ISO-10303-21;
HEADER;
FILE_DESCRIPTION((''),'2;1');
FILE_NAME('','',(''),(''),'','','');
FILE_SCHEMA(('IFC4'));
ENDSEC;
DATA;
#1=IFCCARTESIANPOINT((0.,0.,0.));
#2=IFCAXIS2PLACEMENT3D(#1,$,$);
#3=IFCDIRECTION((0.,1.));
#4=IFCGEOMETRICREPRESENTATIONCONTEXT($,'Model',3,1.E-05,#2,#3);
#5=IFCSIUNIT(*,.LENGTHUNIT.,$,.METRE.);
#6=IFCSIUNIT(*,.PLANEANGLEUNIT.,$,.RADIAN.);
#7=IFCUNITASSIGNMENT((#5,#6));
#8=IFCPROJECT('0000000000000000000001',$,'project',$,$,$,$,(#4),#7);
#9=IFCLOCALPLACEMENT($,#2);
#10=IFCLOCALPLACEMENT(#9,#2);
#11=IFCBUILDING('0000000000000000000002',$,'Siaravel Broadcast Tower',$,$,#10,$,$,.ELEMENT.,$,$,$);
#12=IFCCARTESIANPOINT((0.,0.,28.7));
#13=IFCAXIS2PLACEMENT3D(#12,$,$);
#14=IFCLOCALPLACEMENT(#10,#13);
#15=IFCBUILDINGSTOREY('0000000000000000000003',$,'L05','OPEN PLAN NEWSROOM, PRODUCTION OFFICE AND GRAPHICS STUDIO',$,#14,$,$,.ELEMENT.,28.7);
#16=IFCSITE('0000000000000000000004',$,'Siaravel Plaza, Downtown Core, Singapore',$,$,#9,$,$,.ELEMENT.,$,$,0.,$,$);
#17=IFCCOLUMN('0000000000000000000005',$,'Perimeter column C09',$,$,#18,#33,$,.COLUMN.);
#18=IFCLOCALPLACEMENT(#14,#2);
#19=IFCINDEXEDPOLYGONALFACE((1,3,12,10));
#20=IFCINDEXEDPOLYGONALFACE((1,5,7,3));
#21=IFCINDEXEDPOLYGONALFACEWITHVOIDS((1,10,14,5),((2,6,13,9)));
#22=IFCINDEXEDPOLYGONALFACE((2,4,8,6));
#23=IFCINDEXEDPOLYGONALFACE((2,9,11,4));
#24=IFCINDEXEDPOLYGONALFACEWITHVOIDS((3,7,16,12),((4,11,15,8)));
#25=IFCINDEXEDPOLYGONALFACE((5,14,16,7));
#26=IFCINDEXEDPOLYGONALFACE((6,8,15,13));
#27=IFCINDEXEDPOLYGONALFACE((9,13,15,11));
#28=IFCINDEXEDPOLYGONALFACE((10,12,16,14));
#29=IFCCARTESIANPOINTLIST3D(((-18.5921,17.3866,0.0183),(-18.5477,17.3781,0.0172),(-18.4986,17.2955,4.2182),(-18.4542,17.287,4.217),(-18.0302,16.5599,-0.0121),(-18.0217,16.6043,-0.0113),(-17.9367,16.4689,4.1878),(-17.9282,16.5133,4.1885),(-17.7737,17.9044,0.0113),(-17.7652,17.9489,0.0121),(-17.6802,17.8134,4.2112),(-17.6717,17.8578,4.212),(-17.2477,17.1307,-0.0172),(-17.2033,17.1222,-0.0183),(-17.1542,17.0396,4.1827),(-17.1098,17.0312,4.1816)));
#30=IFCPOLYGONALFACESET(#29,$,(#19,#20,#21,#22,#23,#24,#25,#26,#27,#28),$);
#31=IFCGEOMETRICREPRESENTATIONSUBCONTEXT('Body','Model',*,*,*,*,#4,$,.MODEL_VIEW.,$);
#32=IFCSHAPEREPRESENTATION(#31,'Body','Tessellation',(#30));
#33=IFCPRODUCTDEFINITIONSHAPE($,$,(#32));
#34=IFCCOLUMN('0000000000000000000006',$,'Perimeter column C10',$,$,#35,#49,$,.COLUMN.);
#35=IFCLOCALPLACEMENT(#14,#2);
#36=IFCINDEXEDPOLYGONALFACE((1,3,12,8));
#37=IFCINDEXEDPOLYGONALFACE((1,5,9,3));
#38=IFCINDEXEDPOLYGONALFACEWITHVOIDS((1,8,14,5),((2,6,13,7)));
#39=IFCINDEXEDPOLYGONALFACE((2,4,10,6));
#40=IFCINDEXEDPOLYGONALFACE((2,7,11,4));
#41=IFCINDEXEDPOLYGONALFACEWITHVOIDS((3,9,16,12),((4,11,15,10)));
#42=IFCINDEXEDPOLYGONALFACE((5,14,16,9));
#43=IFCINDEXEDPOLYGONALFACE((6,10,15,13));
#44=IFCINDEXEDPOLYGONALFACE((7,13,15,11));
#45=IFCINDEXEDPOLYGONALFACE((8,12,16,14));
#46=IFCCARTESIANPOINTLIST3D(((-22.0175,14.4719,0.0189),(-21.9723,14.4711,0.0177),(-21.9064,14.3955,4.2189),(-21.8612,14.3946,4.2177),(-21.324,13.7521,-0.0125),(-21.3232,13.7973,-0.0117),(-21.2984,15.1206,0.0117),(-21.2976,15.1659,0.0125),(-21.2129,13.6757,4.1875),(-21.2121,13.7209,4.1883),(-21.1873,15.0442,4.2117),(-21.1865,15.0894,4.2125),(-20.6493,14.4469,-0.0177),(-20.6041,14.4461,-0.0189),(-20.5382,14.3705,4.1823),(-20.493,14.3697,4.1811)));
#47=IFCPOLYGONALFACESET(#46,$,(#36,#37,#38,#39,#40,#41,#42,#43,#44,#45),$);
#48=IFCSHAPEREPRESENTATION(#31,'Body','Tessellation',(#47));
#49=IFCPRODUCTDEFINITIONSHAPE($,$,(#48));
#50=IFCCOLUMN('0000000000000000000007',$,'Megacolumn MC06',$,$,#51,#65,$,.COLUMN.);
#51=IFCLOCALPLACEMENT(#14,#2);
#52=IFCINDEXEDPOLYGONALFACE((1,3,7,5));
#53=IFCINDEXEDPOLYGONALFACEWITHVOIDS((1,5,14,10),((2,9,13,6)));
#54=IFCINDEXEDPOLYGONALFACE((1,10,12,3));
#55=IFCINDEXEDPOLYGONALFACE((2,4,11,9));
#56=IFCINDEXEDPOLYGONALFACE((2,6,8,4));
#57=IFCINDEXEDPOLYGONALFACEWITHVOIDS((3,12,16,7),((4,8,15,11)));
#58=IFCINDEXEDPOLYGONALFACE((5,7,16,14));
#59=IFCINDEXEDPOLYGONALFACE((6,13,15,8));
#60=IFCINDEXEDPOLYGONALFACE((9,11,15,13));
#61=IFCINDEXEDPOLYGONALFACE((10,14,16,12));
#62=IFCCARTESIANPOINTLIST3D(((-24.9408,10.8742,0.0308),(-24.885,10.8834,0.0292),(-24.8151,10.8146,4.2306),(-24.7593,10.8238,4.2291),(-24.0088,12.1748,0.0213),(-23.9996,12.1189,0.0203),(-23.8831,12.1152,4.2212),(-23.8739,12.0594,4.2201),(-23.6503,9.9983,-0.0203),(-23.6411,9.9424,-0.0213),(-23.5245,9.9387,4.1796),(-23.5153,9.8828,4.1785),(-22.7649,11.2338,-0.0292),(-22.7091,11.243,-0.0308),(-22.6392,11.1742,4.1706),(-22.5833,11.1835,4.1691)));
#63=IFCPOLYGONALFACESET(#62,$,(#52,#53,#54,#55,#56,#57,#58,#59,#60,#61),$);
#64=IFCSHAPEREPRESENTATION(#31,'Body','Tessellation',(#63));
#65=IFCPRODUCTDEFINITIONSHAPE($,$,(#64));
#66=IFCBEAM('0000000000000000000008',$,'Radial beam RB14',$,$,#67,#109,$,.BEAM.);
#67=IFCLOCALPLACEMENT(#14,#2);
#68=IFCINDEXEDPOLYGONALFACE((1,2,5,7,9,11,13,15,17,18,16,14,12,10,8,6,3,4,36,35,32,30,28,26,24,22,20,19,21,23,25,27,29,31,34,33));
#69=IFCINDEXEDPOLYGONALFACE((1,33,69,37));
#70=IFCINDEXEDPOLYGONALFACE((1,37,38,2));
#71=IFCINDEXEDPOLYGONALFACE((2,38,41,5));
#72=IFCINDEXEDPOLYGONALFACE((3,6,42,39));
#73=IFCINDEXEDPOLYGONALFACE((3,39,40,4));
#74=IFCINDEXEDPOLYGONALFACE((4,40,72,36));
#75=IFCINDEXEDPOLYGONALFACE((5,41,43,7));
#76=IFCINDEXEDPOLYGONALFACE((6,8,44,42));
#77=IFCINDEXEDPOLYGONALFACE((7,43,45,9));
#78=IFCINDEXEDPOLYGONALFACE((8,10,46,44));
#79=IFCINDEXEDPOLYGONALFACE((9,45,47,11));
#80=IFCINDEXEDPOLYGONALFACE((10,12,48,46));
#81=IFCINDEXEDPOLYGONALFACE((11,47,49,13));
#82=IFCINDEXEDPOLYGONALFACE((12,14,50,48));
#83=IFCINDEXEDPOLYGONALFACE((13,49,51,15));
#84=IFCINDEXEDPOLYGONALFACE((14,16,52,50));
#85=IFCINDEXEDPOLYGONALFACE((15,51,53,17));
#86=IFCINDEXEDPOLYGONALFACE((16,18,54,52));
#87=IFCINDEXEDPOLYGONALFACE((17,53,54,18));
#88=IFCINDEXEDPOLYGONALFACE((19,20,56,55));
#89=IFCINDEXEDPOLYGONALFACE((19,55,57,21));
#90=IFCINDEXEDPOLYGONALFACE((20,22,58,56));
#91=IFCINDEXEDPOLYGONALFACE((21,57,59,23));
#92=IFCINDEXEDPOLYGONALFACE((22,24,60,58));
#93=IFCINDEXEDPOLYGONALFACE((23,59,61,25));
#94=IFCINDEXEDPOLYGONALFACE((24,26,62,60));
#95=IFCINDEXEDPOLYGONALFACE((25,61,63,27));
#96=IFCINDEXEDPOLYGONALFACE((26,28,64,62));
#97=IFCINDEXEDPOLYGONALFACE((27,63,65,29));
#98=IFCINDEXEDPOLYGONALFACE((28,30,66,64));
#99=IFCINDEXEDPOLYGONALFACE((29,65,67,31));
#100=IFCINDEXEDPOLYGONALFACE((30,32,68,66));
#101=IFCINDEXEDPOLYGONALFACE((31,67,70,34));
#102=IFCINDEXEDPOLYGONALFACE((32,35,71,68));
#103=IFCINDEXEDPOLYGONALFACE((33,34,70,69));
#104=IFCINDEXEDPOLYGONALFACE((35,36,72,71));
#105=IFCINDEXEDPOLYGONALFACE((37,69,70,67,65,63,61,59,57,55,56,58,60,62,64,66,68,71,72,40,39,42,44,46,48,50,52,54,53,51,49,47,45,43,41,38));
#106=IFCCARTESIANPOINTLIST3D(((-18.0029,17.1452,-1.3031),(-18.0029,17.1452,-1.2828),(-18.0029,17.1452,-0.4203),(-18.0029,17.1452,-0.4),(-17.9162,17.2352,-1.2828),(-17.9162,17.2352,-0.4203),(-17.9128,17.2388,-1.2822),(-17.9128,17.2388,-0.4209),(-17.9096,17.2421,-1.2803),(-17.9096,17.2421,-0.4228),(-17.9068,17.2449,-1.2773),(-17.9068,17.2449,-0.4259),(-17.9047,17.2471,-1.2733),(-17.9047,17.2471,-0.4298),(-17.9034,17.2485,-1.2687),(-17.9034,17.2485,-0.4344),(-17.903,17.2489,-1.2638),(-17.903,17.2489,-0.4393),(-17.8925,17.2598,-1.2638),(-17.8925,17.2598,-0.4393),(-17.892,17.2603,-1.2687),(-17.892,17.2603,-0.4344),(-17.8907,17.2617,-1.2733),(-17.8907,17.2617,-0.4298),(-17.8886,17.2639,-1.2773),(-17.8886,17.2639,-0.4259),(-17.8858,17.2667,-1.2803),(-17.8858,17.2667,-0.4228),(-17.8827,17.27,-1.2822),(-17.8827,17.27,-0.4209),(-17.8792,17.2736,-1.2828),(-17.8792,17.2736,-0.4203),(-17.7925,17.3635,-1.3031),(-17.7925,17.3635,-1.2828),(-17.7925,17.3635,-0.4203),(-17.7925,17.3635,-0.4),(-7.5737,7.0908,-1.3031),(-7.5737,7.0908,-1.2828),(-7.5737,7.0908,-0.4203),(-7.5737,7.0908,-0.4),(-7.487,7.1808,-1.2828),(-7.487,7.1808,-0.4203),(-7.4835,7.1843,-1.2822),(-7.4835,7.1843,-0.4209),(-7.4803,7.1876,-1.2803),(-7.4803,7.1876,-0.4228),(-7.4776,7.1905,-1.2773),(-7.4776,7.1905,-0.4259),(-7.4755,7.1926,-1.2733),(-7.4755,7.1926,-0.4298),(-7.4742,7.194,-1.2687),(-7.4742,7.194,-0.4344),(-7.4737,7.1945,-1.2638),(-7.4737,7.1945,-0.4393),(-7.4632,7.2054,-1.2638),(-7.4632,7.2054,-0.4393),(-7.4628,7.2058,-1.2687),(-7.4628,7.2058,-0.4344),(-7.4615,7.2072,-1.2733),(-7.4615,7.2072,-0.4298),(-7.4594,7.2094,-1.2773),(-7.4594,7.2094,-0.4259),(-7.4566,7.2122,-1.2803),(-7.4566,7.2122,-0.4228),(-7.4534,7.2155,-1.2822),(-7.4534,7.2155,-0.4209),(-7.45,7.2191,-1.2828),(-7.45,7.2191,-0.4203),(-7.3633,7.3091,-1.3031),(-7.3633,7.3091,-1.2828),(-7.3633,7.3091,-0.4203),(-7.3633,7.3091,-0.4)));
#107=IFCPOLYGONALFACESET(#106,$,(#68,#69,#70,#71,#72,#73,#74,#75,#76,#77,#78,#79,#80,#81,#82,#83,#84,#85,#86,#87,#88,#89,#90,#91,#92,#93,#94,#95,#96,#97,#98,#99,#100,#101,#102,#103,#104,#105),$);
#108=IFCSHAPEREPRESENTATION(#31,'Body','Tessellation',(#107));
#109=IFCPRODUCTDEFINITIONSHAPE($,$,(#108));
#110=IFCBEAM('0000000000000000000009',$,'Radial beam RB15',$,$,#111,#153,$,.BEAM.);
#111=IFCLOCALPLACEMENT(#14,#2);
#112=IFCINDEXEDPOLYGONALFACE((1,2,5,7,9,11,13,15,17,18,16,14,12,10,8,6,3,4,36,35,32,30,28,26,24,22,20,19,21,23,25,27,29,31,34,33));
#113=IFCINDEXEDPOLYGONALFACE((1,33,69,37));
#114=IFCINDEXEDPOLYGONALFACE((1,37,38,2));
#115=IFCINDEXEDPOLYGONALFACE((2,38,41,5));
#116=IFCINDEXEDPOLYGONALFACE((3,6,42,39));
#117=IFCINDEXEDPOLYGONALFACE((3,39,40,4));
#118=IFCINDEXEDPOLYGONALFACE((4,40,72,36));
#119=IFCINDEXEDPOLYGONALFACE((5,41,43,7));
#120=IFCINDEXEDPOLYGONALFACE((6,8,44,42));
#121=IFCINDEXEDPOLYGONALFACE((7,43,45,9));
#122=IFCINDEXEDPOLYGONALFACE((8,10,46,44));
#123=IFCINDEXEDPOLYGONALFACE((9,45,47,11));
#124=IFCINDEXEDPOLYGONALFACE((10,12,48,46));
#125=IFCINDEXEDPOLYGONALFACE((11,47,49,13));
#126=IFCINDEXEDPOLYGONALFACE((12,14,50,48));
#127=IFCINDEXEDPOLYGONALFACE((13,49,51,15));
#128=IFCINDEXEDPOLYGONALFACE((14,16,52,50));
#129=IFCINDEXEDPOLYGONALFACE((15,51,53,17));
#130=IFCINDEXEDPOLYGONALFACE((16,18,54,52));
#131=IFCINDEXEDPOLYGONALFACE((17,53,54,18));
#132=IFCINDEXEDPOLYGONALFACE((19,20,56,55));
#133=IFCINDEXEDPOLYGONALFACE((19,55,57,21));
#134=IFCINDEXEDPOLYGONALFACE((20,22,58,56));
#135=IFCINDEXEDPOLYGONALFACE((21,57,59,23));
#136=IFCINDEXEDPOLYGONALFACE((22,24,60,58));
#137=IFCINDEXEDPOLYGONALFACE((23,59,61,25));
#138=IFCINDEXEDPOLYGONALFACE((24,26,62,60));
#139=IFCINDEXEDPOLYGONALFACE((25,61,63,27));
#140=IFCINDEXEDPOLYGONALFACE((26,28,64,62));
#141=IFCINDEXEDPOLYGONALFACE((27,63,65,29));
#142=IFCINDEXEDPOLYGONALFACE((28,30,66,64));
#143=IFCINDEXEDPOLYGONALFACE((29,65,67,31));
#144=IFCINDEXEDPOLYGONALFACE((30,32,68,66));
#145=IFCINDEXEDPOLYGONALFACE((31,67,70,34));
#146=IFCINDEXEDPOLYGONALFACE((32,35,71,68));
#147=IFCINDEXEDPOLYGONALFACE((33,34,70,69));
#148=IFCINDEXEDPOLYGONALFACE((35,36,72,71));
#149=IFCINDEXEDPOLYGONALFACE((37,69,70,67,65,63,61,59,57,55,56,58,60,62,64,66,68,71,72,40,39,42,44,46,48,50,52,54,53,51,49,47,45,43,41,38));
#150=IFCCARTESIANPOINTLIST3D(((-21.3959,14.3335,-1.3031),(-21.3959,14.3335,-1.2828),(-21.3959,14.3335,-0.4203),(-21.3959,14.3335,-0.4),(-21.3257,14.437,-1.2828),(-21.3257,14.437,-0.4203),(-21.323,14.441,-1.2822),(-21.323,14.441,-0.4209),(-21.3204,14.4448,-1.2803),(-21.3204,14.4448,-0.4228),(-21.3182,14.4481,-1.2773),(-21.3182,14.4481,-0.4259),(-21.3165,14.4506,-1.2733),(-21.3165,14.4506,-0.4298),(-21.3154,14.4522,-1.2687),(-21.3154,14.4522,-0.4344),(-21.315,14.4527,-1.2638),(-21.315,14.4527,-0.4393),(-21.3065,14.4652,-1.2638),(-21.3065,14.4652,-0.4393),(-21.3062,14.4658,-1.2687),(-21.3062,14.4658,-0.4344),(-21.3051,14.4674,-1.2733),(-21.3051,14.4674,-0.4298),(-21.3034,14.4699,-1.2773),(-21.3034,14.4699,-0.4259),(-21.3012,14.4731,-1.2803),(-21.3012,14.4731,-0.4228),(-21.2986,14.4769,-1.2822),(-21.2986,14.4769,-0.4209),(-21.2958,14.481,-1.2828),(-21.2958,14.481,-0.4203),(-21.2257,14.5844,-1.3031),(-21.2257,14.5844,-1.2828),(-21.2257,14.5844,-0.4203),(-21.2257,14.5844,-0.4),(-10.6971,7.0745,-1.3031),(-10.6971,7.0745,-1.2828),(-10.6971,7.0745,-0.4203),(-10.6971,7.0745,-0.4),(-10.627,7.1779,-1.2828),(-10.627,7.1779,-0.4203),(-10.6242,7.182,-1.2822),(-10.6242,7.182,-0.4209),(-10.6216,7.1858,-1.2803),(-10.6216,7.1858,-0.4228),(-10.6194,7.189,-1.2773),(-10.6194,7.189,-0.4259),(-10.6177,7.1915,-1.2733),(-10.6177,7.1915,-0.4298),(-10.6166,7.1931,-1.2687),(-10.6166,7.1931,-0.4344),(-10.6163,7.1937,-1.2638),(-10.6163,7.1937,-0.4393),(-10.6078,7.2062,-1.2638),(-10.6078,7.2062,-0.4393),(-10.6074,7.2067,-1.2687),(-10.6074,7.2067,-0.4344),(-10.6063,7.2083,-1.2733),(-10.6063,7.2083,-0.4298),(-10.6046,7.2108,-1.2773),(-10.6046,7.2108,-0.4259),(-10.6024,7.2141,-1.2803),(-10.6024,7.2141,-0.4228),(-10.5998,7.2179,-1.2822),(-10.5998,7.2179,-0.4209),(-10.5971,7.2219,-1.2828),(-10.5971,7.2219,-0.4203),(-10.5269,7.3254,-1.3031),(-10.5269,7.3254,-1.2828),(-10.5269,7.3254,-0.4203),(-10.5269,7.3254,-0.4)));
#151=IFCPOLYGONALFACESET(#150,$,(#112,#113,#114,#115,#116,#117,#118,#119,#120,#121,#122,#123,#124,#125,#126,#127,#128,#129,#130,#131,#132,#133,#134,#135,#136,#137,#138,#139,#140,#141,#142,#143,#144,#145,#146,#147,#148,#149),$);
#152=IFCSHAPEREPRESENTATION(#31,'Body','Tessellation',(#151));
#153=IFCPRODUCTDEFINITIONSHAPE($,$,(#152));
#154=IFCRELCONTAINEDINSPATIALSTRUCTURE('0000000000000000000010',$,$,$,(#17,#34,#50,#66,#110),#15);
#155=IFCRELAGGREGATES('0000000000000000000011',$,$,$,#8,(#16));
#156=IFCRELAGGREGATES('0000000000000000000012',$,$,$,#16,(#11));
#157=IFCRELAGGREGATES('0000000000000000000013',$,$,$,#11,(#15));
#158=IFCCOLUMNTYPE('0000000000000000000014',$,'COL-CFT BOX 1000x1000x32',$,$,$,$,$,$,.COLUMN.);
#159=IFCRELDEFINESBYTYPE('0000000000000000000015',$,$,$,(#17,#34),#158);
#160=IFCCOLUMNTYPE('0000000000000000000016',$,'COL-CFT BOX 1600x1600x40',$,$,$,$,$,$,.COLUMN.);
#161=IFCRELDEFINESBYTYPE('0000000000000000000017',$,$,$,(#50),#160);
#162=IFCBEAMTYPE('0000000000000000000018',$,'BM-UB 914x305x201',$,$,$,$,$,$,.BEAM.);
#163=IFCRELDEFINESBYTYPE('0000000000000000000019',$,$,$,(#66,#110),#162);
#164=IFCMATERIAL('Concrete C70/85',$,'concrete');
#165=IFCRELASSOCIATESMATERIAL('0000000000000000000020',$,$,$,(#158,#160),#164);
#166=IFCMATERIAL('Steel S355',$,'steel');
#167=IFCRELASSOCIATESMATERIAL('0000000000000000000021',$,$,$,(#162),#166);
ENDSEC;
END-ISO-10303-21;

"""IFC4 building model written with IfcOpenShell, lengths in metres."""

from ifc_helpers import new_model, si_unit, direction, frame, origin, origin_2d, place, context, subcontext, project, spatial, hollow_rectangle, i_section, extrude, material, material_profile, profile_set, type_object, element, save


model = new_model("IFC4")

# Units and contexts
model_context = context("Model", 3, precision=1e-05, world=origin(), true_north=direction((0.0, 1.0)))
body_context = subcontext(model_context, "Body", "Model", "MODEL_VIEW")
ifc_project = project(units=[si_unit("LENGTHUNIT", "METRE"), si_unit("PLANEANGLEUNIT", "RADIAN")], contexts=[model_context])

# Site, building, storey
site_placement = place(None, origin())
site = spatial("IfcSite", under=ifc_project, at=site_placement, Name="Siaravel Plaza, Downtown Core, Singapore", CompositionType="ELEMENT", RefElevation=0.0)
building_placement = place(site_placement, origin())
building = spatial("IfcBuilding", under=site, at=building_placement, Name="Siaravel Broadcast Tower", CompositionType="ELEMENT")
storey_placement = place(building_placement, frame((0.0, 0.0, 28.7)))
storey = spatial("IfcBuildingStorey", under=building, at=storey_placement, Name="L05", Description="OPEN PLAN NEWSROOM, PRODUCTION OFFICE AND GRAPHICS STUDIO", CompositionType="ELEMENT", Elevation=28.7)

# Columns
ifc_material_1 = material(Name="Concrete C70/85", Category="concrete")
ifc_material_profile_1 = material_profile(ifc_material_1, hollow_rectangle(XDim=1.0, YDim=1.0, WallThickness=0.032, at=origin_2d()))
ifc_profile_set_1 = profile_set([ifc_material_profile_1], Name="Concrete C70/85")
column_type_1 = type_object("IfcColumnType", Name="COL-CFT BOX 1000x1000x32", PredefinedType="COLUMN", material=ifc_profile_set_1)
column_1_placement = place(storey_placement, frame((-17.8977, 17.2544, 0.0), z_axis=(0.022253, -0.021672, 0.999517), x_axis=(0.826905, 0.562307, -0.006218)))
element("IfcColumn", 1, at=column_1_placement, inside=storey, type_object=column_type_1, Name="Perimeter column C09", PredefinedType="COLUMN", context=body_context, shape_type="SweptSolid", body=[
    extrude(hollow_rectangle(XDim=1.0, YDim=1.0, WallThickness=0.032, at=origin_2d()), origin(), (0.0, 0.0, 1.0), 4.2019),
])
column_2_placement = place(storey_placement, frame((-21.3108, 14.459, 0.0), z_axis=(0.026435, -0.018185, 0.999485), x_axis=(0.719977, 0.693969, -0.006416)))
element("IfcColumn", 2, at=column_2_placement, inside=storey, type_object=column_type_1, Name="Perimeter column C10", PredefinedType="COLUMN", context=body_context, shape_type="SweptSolid", body=[
    extrude(hollow_rectangle(XDim=1.0, YDim=1.0, WallThickness=0.032, at=origin_2d()), origin(), (0.0, 0.0, 1.0), 4.2021),
])
ifc_material_profile_2 = material_profile(ifc_material_1, hollow_rectangle(XDim=1.6001, YDim=1.6001, WallThickness=0.04, at=origin_2d()))
ifc_profile_set_2 = profile_set([ifc_material_profile_2], Name="Concrete C70/85")
column_type_2 = type_object("IfcColumnType", Name="COL-CFT BOX 1600x1600x40", PredefinedType="COLUMN", material=ifc_profile_set_2)
column_3_placement = place(storey_placement, frame((-23.825, 11.0586, 0.0), z_axis=(0.02992, -0.014176, 0.999452), x_axis=(0.58246, 0.812838, -0.005908)))
element("IfcColumn", 3, at=column_3_placement, inside=storey, type_object=column_type_2, Name="Megacolumn MC06", PredefinedType="COLUMN", context=body_context, shape_type="SweptSolid", body=[
    extrude(hollow_rectangle(XDim=1.6001, YDim=1.6001, WallThickness=0.04, at=origin_2d()), origin(), (0.0, 0.0, 1.0), 4.2021),
])

# Beams
ifc_material_2 = material(Name="Steel S355", Category="steel")
ifc_material_profile_3 = material_profile(ifc_material_2, i_section(OverallWidth=0.3032, OverallDepth=0.9031, WebThickness=0.0151, FlangeThickness=0.0203, FilletRadius=0.019, at=origin_2d()))
ifc_profile_set_3 = profile_set([ifc_material_profile_3], Name="Steel S355")
beam_type = type_object("IfcBeamType", Name="BM-UB 914x305x201", PredefinedType="BEAM", material=ifc_profile_set_3)
beam_1_placement = place(storey_placement, frame((-17.8977, 17.2544, -0.8516), z_axis=(0.719923, -0.694054, 0.0), x_axis=(0.694054, 0.719923, 0.0)))
element("IfcBeam", 4, at=beam_1_placement, inside=storey, type_object=beam_type, Name="Radial beam RB14", PredefinedType="BEAM", context=body_context, shape_type="SweptSolid", body=[
    extrude(i_section(OverallWidth=0.3032, OverallDepth=0.9031, WebThickness=0.0151, FlangeThickness=0.0203, FilletRadius=0.019, at=origin_2d()), origin(), (0.0, 0.0, 1.0), 14.4866),
])
beam_2_placement = place(storey_placement, frame((-21.3108, 14.459, -0.8516), z_axis=(0.827505, -0.561458, 0.0), x_axis=(0.561458, 0.827505, 0.0)))
element("IfcBeam", 5, at=beam_2_placement, inside=storey, type_object=beam_type, Name="Radial beam RB15", PredefinedType="BEAM", context=body_context, shape_type="SweptSolid", body=[
    extrude(i_section(OverallWidth=0.3032, OverallDepth=0.9031, WebThickness=0.0151, FlangeThickness=0.0203, FilletRadius=0.019, at=origin_2d()), origin(), (0.0, 0.0, 1.0), 12.929),
])

save(model, "model.ifc")
